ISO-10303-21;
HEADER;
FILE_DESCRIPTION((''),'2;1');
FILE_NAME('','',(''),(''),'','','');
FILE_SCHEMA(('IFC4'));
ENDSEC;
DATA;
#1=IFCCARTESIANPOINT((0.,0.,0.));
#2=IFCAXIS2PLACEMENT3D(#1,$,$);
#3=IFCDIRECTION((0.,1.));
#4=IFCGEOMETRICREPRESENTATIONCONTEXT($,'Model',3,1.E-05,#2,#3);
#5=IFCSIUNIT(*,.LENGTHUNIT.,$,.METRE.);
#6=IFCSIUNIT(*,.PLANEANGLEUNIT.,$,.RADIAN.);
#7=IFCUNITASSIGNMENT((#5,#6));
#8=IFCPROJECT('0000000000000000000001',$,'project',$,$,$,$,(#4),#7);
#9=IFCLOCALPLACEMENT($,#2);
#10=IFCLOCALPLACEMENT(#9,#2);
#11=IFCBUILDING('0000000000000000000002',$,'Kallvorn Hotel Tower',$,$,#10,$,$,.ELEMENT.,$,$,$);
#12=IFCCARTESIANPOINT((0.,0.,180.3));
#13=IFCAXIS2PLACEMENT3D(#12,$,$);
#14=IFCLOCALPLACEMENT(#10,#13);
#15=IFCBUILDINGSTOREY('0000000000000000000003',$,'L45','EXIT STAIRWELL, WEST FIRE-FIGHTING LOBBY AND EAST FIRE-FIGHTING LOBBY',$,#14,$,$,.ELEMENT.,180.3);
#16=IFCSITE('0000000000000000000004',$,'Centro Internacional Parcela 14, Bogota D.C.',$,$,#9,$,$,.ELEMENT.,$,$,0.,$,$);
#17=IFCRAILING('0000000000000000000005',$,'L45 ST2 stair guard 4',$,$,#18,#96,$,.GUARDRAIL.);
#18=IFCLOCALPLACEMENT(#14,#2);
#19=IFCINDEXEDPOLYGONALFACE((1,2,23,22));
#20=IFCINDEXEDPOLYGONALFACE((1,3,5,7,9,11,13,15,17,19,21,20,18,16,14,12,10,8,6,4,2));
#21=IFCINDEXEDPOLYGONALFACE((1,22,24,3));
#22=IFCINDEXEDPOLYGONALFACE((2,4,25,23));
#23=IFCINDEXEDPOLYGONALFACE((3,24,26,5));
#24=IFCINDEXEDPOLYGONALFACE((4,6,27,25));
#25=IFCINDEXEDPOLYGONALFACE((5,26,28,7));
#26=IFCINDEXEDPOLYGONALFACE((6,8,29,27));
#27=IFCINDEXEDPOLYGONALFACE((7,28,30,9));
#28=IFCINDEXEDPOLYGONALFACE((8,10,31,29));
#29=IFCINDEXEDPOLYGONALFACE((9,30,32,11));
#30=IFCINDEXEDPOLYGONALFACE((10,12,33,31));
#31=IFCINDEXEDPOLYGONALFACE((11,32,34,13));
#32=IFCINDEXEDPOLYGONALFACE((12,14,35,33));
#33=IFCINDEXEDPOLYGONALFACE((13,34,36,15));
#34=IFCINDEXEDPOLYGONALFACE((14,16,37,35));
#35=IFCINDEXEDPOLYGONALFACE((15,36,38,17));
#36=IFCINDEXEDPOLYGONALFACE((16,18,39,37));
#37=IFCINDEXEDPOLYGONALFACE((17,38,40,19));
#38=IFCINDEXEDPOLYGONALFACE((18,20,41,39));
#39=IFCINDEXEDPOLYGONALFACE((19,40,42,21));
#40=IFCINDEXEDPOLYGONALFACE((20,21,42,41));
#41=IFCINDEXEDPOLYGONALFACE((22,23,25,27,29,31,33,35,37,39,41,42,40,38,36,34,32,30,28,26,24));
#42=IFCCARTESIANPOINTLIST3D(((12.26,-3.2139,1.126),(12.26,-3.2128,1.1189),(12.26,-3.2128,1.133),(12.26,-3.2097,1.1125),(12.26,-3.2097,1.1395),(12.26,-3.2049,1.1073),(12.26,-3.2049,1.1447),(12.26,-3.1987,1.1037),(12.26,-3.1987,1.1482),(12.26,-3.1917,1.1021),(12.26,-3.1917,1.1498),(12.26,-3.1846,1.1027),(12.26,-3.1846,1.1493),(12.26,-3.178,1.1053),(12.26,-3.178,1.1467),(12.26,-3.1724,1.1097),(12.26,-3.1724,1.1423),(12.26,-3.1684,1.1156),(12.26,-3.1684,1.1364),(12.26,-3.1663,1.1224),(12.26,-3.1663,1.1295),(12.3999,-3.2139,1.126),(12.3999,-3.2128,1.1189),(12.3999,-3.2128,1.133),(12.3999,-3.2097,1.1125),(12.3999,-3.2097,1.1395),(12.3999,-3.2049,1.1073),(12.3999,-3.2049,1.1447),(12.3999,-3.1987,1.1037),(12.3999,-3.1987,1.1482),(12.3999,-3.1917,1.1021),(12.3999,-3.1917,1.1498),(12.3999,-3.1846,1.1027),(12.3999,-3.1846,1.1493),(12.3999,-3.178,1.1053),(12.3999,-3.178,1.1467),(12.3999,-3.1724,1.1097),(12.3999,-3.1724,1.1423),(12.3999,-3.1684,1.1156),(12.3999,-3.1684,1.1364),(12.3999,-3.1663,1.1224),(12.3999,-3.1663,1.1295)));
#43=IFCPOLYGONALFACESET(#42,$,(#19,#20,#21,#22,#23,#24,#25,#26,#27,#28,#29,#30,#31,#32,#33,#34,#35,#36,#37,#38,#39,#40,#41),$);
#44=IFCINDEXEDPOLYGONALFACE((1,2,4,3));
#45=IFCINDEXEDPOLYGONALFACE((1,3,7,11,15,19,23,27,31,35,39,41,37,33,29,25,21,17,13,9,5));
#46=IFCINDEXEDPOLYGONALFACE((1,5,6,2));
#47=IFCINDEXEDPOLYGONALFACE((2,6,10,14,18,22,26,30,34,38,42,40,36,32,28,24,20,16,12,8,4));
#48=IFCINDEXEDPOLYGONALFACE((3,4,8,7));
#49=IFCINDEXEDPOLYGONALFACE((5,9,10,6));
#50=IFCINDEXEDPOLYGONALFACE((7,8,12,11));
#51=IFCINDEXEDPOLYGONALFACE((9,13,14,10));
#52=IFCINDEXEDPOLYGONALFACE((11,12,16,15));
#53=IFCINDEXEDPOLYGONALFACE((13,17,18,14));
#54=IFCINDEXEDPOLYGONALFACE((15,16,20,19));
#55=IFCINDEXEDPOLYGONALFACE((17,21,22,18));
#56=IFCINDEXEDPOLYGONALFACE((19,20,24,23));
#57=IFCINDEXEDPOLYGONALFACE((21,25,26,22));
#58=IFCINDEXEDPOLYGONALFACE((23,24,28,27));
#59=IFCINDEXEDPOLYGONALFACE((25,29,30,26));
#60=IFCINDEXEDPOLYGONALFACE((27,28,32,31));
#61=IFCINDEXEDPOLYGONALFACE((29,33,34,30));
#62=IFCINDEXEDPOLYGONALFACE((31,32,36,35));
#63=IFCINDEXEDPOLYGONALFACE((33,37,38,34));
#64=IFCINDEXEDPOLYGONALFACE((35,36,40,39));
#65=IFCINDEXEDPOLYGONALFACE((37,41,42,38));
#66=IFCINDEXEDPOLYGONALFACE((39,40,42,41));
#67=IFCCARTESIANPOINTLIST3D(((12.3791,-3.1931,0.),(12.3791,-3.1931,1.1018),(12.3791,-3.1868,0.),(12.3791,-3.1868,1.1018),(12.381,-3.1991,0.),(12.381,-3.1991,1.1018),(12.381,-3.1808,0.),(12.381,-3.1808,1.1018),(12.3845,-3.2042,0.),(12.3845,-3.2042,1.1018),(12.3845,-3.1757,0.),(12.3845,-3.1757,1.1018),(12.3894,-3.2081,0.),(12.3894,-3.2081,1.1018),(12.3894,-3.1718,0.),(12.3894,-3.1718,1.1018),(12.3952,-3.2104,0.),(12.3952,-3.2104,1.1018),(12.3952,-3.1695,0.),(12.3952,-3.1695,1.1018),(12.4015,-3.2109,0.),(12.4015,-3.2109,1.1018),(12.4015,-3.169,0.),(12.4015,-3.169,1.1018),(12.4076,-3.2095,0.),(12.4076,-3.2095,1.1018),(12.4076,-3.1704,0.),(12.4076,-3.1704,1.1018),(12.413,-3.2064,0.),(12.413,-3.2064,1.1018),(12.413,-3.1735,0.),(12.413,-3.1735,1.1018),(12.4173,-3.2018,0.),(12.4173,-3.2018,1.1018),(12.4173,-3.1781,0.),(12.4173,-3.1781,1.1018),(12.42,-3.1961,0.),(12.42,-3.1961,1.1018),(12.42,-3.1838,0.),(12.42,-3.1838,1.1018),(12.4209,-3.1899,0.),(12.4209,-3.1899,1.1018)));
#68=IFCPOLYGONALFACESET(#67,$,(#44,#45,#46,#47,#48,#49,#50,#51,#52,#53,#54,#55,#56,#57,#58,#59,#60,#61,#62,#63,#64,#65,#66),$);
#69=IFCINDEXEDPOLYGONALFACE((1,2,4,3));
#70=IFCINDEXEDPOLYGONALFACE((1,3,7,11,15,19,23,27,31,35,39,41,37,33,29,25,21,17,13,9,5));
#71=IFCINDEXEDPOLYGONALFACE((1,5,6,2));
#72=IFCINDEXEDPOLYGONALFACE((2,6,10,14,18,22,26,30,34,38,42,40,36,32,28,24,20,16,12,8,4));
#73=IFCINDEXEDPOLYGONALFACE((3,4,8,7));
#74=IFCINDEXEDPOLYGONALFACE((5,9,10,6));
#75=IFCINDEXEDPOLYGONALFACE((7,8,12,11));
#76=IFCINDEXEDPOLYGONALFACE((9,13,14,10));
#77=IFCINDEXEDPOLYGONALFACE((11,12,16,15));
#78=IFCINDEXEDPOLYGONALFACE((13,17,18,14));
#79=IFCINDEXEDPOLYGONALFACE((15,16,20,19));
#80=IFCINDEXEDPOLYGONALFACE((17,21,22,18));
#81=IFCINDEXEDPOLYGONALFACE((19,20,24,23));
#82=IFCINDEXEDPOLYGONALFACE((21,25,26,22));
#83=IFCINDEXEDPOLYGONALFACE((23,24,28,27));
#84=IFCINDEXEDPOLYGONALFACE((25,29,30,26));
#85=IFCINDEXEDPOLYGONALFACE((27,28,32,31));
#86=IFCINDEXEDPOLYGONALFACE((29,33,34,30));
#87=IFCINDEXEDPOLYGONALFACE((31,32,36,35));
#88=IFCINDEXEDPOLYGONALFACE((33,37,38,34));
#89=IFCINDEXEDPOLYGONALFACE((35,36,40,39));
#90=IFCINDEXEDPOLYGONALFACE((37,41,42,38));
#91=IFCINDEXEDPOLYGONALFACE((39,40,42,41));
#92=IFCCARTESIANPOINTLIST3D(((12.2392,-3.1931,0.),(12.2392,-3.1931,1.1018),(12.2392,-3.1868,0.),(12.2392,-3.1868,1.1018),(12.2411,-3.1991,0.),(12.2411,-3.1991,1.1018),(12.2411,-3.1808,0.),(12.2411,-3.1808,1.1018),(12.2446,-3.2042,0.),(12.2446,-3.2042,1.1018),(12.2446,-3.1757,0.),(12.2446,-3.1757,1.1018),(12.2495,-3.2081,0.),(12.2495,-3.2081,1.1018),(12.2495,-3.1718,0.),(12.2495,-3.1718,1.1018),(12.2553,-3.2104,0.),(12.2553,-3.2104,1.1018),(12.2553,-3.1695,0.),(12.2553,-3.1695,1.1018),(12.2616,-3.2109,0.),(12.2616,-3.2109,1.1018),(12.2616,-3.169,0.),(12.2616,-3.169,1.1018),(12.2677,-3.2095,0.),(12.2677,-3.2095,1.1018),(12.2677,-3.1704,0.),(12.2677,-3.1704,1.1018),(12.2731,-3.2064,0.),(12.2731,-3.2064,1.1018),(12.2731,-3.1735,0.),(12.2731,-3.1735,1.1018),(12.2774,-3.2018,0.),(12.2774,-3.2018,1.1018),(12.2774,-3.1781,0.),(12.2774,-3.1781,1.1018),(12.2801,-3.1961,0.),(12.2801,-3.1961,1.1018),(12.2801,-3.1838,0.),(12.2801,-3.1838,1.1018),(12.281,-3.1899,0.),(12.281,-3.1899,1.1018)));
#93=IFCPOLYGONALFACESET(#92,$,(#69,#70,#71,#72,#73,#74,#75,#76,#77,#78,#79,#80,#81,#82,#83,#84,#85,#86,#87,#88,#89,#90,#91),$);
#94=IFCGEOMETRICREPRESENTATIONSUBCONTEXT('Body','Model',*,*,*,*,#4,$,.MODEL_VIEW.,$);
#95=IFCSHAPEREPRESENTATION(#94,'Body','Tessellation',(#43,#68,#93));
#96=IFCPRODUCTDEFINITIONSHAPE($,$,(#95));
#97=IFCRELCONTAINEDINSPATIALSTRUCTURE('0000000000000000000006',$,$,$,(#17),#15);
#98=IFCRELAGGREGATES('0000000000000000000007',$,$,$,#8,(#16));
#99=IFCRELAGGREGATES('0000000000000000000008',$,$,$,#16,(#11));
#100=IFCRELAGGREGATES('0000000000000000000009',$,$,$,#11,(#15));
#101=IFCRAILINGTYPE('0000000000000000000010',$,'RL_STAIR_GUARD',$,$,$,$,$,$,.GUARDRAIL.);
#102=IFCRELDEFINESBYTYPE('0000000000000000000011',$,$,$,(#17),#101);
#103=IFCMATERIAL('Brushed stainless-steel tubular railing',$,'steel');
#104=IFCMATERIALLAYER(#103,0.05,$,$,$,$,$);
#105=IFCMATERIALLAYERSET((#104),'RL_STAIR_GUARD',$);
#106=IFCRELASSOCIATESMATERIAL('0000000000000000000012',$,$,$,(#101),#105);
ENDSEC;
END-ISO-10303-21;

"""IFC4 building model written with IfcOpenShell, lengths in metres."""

from ifc_helpers import new_model, si_unit, direction, frame, origin, origin_2d, place, context, subcontext, project, spatial, circle, extrude, material, layer, layer_set, type_object, element, save


model = new_model("IFC4")

# Units and contexts
model_context = context("Model", 3, precision=1e-05, world=origin(), true_north=direction((0.0, 1.0)))
body_context = subcontext(model_context, "Body", "Model", "MODEL_VIEW")
ifc_project = project(units=[si_unit("LENGTHUNIT", "METRE"), si_unit("PLANEANGLEUNIT", "RADIAN")], contexts=[model_context])

# Site, building, storey
site_placement = place(None, origin())
site = spatial("IfcSite", under=ifc_project, at=site_placement, Name="Centro Internacional Parcela 14, Bogota D.C.", CompositionType="ELEMENT", RefElevation=0.0)
building_placement = place(site_placement, origin())
building = spatial("IfcBuilding", under=site, at=building_placement, Name="Kallvorn Hotel Tower", CompositionType="ELEMENT")
storey_placement = place(building_placement, frame((0.0, 0.0, 180.3)))
storey = spatial("IfcBuildingStorey", under=building, at=storey_placement, Name="L45", Description="EXIT STAIRWELL, WEST FIRE-FIGHTING LOBBY AND EAST FIRE-FIGHTING LOBBY", CompositionType="ELEMENT", Elevation=180.3)

# Railing
ifc_material_1 = material(Name="Brushed stainless-steel tubular railing", Category="steel")
ifc_layer_1 = layer(ifc_material_1, 0.05)
ifc_layer_set_1 = layer_set([ifc_layer_1], Name="RL_STAIR_GUARD")
railing_type_1 = type_object("IfcRailingType", Name="RL_STAIR_GUARD", PredefinedType="GUARDRAIL", material=ifc_layer_set_1)
railing_1_placement = place(storey_placement, frame((12.3999, -3.1899, 0.0)))
element("IfcRailing", 1, at=railing_1_placement, inside=storey, type_object=railing_type_1, Name="L45 ST2 stair guard 4", PredefinedType="GUARDRAIL", context=body_context, shape_type="SweptSolid", body=[
    extrude(circle(Radius=0.0239, at=origin_2d()), frame((0.0, 0.0, 1.126), z_axis=(-1.0, 0.0, 0.0), x_axis=(0.0, -1.0, 0.0)), (0.0, 0.0, 1.0), 0.1399),
    extrude(circle(Radius=0.021, at=origin_2d()), origin(), (0.0, 0.0, 1.0), 1.1018),
    extrude(circle(Radius=0.021, at=origin_2d()), frame((-0.1399, 0.0, 0.0)), (0.0, 0.0, 1.0), 1.1018),
])

save(model, "model.ifc")
